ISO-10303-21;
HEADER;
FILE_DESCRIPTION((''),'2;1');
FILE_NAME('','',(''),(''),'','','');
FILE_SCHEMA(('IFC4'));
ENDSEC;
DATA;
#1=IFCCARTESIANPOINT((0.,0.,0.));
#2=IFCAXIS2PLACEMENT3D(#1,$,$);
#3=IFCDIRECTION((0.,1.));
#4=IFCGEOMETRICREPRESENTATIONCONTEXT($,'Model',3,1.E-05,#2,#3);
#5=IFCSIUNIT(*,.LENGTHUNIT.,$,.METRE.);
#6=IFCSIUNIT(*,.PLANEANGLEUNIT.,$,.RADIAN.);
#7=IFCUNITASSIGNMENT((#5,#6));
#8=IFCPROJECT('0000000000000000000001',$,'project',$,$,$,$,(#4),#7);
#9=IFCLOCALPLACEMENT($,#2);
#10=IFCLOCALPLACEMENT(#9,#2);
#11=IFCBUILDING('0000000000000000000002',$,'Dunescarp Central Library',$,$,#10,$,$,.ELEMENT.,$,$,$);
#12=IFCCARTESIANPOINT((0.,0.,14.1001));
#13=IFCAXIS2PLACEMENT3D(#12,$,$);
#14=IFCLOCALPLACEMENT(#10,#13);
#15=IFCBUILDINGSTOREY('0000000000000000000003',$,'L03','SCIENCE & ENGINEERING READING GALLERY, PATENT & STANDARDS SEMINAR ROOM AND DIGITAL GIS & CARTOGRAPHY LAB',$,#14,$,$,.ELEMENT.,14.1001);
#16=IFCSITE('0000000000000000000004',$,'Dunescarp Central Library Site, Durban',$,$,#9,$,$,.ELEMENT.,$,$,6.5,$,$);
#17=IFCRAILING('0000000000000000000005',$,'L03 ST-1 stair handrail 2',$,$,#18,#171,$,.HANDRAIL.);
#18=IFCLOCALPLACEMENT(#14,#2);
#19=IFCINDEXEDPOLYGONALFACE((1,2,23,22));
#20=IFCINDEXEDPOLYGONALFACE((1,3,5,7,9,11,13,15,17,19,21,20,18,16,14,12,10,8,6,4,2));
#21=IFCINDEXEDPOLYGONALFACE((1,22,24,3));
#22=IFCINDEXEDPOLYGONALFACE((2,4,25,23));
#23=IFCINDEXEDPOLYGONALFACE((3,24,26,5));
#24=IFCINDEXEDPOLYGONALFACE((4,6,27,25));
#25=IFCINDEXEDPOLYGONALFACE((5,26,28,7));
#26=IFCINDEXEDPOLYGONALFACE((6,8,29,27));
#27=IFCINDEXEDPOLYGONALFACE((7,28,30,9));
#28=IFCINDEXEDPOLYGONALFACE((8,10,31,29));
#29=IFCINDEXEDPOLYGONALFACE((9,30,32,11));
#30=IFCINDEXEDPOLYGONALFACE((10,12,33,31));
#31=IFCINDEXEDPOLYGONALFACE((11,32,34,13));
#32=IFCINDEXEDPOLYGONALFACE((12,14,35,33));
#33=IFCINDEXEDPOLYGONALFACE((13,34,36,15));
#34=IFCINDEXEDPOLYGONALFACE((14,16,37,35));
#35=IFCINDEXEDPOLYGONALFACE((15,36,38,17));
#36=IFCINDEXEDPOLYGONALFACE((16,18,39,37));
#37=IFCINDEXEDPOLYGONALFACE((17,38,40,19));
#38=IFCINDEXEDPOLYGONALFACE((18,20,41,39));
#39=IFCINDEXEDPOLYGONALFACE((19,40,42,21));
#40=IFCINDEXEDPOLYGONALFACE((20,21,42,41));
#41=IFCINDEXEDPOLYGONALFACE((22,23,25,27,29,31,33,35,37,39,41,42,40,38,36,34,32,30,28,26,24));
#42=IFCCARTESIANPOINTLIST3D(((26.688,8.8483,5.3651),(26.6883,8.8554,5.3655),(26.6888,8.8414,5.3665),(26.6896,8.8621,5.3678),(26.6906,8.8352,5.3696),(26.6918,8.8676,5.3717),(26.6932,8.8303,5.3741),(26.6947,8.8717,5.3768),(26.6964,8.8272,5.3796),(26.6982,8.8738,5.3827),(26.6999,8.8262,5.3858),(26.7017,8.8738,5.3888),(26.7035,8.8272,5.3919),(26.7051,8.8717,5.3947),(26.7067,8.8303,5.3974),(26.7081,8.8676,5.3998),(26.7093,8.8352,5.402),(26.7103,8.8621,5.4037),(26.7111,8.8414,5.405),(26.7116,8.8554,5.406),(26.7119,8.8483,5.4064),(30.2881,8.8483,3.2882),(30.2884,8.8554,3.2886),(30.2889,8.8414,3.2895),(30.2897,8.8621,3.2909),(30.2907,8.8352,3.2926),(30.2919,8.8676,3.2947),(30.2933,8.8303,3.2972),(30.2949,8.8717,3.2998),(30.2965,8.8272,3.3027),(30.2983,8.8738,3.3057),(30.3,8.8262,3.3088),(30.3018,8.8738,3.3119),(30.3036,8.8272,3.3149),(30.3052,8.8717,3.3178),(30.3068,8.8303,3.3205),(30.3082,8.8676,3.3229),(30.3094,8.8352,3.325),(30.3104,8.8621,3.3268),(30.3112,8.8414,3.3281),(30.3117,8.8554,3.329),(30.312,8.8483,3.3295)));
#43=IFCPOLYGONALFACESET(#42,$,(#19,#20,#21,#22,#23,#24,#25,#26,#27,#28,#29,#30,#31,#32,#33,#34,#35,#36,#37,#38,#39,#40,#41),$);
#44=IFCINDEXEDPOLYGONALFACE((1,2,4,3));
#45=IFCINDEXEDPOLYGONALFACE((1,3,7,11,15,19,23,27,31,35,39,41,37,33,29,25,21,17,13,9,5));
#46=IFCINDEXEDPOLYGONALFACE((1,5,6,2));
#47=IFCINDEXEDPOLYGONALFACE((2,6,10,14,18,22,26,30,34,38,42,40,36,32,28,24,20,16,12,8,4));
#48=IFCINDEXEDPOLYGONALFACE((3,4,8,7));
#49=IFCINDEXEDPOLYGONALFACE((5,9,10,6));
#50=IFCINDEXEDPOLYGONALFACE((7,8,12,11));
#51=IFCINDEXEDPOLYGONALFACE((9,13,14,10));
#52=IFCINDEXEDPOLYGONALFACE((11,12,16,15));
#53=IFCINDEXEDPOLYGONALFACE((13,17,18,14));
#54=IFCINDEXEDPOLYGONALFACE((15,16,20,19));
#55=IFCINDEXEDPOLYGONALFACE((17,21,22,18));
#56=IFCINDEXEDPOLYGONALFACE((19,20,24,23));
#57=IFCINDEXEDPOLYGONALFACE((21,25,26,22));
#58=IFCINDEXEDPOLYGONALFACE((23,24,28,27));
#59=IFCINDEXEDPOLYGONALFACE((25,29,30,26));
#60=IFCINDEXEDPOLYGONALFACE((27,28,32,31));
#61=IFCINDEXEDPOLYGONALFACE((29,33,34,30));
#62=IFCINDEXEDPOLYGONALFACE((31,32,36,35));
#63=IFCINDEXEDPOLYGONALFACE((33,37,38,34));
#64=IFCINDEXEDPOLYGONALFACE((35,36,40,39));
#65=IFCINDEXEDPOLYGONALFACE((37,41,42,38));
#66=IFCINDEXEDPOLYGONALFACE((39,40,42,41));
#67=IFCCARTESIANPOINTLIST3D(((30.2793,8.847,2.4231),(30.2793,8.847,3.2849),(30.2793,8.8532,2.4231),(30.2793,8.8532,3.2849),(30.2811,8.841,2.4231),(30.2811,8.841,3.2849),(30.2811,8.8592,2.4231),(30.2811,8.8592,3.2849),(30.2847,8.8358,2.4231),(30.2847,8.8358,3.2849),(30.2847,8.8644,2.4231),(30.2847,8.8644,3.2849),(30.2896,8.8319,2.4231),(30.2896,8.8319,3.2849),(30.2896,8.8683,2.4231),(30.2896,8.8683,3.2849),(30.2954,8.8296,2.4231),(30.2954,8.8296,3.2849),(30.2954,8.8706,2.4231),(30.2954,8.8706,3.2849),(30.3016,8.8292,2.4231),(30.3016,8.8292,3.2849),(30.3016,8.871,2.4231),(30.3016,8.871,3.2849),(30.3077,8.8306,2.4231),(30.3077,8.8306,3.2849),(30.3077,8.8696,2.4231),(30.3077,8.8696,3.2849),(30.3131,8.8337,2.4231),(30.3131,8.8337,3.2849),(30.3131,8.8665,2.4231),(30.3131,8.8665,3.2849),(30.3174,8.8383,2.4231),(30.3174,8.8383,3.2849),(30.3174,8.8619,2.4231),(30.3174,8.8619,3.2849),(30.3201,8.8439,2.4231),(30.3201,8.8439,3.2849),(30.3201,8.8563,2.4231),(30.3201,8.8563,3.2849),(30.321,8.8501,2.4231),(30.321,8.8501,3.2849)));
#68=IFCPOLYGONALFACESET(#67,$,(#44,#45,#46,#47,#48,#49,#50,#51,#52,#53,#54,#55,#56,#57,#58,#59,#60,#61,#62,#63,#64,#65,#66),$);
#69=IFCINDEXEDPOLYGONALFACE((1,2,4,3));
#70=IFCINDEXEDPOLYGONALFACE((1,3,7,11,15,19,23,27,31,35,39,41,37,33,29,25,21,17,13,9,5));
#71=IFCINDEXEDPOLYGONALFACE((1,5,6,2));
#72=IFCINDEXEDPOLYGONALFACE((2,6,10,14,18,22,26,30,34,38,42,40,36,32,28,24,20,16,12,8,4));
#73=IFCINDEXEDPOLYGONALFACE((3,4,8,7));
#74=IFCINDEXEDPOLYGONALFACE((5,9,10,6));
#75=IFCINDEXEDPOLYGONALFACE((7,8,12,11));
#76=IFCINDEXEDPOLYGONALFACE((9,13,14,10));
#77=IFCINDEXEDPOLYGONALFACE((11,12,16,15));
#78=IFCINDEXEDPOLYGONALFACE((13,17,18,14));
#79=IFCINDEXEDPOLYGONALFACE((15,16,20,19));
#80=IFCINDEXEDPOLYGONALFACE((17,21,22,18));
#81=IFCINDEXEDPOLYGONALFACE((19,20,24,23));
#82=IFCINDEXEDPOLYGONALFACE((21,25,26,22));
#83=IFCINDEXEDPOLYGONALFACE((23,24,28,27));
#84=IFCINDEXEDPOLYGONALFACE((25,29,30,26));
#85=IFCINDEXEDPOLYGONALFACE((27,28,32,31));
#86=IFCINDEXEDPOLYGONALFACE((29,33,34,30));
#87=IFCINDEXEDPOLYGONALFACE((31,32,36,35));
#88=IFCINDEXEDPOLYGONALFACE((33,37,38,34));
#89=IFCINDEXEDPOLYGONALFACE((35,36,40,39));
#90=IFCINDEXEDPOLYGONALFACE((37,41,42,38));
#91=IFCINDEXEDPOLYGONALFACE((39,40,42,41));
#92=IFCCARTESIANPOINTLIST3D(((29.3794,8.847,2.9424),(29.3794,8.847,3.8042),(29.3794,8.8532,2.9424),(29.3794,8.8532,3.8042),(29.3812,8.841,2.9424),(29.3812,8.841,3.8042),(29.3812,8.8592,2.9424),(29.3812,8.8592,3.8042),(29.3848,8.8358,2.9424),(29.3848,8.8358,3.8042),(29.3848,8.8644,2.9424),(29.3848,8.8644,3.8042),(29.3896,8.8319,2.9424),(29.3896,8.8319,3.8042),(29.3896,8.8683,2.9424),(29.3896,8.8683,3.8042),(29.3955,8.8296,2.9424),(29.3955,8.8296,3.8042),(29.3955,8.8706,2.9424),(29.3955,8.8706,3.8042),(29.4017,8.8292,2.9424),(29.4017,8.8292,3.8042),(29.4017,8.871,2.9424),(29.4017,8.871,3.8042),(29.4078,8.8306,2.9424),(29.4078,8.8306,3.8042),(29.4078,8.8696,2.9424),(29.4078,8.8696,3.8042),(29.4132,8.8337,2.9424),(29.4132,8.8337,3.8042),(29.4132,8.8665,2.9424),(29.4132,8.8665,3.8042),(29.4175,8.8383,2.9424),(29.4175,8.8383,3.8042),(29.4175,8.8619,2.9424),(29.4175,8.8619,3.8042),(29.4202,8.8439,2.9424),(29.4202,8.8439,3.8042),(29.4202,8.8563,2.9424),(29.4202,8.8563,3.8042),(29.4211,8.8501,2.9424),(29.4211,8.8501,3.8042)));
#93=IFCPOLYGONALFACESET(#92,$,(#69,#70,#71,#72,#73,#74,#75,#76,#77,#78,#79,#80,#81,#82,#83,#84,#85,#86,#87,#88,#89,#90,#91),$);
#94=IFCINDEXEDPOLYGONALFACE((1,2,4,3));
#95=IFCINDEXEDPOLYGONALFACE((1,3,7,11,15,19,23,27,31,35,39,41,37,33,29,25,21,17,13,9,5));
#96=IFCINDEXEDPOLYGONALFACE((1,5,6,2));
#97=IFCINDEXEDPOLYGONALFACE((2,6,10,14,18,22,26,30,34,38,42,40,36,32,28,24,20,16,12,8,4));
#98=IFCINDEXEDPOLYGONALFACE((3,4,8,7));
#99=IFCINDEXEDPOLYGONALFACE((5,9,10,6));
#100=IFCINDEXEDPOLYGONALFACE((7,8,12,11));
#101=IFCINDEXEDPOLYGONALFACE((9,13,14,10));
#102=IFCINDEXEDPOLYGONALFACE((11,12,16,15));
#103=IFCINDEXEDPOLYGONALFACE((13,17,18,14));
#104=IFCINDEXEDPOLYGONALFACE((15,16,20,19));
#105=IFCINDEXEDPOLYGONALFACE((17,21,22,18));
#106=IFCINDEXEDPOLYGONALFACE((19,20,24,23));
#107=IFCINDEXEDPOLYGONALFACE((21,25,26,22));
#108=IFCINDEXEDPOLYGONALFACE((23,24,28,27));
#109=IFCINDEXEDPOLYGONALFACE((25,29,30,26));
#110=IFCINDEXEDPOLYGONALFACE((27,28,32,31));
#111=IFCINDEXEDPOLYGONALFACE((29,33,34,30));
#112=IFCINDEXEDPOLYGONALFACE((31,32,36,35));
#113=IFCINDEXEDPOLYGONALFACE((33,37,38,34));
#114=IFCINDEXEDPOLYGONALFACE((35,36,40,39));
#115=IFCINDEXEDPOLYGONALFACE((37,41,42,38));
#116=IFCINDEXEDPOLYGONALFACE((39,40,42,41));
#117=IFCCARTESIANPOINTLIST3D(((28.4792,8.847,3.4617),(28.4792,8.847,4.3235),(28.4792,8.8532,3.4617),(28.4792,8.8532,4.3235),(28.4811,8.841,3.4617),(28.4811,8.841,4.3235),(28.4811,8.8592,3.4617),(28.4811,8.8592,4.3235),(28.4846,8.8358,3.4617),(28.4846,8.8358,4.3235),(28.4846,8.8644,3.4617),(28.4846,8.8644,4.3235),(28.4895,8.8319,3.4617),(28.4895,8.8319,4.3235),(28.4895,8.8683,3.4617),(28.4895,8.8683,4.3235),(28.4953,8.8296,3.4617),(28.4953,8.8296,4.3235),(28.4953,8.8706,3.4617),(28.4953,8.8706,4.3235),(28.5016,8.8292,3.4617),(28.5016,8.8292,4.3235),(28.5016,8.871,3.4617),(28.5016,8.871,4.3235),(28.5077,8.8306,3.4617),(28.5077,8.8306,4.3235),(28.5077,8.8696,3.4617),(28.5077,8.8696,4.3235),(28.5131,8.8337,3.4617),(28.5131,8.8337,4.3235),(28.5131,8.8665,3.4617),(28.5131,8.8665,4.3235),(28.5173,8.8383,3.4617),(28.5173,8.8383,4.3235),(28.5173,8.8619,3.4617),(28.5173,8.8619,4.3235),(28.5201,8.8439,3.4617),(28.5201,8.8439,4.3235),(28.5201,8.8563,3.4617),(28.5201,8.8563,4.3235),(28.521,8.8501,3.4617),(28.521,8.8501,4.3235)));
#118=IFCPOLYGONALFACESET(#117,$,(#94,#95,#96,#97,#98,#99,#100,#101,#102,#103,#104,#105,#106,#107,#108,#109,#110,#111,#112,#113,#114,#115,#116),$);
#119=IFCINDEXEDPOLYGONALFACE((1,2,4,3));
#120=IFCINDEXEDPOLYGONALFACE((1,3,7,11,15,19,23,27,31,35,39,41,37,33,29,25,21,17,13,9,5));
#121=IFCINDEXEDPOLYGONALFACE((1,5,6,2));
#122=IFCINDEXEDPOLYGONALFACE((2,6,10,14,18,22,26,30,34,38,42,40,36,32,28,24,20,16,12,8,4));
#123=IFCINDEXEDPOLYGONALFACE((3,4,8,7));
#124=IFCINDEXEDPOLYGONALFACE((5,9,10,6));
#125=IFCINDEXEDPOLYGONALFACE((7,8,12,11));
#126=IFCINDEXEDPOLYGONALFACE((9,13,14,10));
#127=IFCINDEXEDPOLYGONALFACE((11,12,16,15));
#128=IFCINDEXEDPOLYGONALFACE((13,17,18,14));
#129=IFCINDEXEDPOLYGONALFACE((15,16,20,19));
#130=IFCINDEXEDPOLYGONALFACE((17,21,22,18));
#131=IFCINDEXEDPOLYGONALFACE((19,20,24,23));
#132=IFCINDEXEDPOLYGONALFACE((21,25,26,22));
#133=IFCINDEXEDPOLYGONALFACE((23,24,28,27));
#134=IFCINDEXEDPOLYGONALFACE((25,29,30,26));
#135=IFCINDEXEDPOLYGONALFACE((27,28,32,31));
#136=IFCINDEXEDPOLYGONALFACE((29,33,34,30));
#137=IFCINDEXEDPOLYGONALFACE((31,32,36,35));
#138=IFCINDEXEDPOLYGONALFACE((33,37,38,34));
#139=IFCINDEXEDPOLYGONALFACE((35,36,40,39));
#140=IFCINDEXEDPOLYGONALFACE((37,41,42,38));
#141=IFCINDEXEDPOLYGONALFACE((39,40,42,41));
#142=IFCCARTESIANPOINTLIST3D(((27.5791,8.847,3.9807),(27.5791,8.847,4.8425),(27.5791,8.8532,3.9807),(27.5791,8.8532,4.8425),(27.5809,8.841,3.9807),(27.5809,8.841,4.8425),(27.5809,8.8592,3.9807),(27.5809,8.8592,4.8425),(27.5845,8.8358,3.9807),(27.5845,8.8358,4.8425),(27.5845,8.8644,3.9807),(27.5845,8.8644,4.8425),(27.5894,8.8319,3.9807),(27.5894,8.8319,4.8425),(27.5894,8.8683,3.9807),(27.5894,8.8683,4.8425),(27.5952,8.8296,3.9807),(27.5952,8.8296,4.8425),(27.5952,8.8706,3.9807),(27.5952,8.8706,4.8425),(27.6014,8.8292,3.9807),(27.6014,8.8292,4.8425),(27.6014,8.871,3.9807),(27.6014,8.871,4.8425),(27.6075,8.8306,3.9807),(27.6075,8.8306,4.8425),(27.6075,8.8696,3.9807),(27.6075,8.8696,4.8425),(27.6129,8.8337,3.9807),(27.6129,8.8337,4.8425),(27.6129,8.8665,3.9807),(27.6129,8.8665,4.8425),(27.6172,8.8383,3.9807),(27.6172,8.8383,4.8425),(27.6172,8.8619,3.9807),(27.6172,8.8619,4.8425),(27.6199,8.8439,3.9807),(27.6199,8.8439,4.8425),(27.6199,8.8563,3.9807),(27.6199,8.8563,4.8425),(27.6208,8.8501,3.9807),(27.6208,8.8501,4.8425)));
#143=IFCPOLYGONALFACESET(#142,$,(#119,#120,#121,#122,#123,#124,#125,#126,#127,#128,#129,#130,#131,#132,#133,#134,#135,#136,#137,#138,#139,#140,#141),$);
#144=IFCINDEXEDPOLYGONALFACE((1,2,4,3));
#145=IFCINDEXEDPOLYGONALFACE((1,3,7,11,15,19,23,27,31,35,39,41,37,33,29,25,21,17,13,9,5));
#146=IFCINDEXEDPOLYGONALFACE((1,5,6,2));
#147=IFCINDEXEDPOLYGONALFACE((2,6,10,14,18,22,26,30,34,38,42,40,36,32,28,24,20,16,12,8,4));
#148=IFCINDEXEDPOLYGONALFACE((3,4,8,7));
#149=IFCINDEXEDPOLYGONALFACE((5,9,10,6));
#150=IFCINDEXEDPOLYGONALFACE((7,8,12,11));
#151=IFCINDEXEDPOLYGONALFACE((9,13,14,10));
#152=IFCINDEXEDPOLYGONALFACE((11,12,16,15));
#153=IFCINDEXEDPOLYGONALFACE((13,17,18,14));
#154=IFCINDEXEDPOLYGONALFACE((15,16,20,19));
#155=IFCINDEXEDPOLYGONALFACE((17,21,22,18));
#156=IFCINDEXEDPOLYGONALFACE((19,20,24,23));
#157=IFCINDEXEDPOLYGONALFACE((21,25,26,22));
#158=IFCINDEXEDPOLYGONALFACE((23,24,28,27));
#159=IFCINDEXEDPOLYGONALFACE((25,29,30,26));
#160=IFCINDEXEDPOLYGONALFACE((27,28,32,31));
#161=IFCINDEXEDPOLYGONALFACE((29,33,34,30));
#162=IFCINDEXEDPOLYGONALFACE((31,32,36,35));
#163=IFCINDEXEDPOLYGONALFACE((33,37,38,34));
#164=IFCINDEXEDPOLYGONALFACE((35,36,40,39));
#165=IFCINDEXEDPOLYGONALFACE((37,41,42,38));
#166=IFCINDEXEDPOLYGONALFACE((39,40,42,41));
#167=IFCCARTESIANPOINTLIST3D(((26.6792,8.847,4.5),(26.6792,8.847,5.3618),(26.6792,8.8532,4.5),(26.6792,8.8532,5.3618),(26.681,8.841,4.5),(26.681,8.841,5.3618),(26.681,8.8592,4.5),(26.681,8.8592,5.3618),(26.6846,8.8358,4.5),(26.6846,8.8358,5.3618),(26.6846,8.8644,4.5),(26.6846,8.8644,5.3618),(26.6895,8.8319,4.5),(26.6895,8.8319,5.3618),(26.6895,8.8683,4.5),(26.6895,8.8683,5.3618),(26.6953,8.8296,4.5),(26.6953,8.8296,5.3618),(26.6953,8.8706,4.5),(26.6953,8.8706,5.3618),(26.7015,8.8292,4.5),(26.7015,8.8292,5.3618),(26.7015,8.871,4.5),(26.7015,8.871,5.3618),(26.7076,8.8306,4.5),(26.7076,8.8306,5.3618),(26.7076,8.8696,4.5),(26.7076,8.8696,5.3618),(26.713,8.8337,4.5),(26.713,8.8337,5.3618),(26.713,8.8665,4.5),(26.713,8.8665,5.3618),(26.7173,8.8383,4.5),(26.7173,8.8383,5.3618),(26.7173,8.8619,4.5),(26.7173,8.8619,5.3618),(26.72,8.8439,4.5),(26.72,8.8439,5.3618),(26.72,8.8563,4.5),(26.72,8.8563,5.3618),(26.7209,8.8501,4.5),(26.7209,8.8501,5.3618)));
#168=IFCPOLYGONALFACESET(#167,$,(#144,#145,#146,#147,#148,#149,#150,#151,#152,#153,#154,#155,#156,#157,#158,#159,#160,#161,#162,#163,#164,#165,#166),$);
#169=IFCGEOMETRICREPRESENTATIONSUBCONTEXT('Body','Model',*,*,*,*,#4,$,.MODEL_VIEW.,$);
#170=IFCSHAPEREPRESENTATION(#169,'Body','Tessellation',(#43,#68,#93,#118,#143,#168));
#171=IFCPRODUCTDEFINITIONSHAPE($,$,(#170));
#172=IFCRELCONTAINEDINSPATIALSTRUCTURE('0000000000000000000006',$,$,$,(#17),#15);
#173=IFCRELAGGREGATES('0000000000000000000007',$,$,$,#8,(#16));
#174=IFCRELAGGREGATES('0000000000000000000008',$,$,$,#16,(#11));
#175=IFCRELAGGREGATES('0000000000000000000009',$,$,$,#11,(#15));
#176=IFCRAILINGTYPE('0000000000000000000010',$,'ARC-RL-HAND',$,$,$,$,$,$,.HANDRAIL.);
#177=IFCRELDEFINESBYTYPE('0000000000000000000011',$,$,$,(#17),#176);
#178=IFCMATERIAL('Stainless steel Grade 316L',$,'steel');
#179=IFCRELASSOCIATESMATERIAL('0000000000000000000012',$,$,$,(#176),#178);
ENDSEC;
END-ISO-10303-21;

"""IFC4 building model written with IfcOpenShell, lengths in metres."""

from ifc_helpers import new_model, si_unit, direction, frame, origin, origin_2d, place, context, subcontext, project, spatial, circle, extrude, material, type_object, element, save


model = new_model("IFC4")

# Units and contexts
model_context = context("Model", 3, precision=1e-05, world=origin(), true_north=direction((0.0, 1.0)))
body_context = subcontext(model_context, "Body", "Model", "MODEL_VIEW")
ifc_project = project(units=[si_unit("LENGTHUNIT", "METRE"), si_unit("PLANEANGLEUNIT", "RADIAN")], contexts=[model_context])

# Site, building, storey
site_placement = place(None, origin())
site = spatial("IfcSite", under=ifc_project, at=site_placement, Name="Dunescarp Central Library Site, Durban", CompositionType="ELEMENT", RefElevation=6.5)
building_placement = place(site_placement, origin())
building = spatial("IfcBuilding", under=site, at=building_placement, Name="Dunescarp Central Library", CompositionType="ELEMENT")
storey_placement = place(building_placement, frame((0.0, 0.0, 14.1001)))
storey = spatial("IfcBuildingStorey", under=building, at=storey_placement, Name="L03", Description="SCIENCE & ENGINEERING READING GALLERY, PATENT & STANDARDS SEMINAR ROOM AND DIGITAL GIS & CARTOGRAPHY LAB", CompositionType="ELEMENT", Elevation=14.1001)

# Shared definitions
ifc_material_1 = material(Name="Stainless steel Grade 316L", Category="steel")

# Railing
railing_type_1 = type_object("IfcRailingType", Name="ARC-RL-HAND", PredefinedType="HANDRAIL", material=ifc_material_1)
railing_1_placement = place(storey_placement, frame((30.3, 8.8501, 2.4231)))
element("IfcRailing", 1, at=railing_1_placement, inside=storey, type_object=railing_type_1, Name="L03 ST-1 stair handrail 2", PredefinedType="HANDRAIL", context=body_context, shape_type="SweptSolid", body=[
    extrude(circle(Radius=0.0239, at=origin_2d()), frame((0.0, 0.0, 0.8857), z_axis=(-0.866193, 0.0, 0.499709), x_axis=(0.0, -1.0, 0.0)), (0.0, 0.0, 1.0), 4.1562),
    extrude(circle(Radius=0.021, at=origin_2d()), origin(), (0.0, 0.0, 1.0), 0.8618),
    extrude(circle(Radius=0.021, at=origin_2d()), frame((-0.8999, 0.0, 0.5193)), (0.0, 0.0, 1.0), 0.8618),
    extrude(circle(Radius=0.021, at=origin_2d()), frame((-1.8, 0.0, 1.0386)), (0.0, 0.0, 1.0), 0.8618),
    extrude(circle(Radius=0.021, at=origin_2d()), frame((-2.7002, 0.0, 1.5576)), (0.0, 0.0, 1.0), 0.8618),
    extrude(circle(Radius=0.021, at=origin_2d()), frame((-3.6001, 0.0, 2.0769)), (0.0, 0.0, 1.0), 0.8618),
])

save(model, "model.ifc")
